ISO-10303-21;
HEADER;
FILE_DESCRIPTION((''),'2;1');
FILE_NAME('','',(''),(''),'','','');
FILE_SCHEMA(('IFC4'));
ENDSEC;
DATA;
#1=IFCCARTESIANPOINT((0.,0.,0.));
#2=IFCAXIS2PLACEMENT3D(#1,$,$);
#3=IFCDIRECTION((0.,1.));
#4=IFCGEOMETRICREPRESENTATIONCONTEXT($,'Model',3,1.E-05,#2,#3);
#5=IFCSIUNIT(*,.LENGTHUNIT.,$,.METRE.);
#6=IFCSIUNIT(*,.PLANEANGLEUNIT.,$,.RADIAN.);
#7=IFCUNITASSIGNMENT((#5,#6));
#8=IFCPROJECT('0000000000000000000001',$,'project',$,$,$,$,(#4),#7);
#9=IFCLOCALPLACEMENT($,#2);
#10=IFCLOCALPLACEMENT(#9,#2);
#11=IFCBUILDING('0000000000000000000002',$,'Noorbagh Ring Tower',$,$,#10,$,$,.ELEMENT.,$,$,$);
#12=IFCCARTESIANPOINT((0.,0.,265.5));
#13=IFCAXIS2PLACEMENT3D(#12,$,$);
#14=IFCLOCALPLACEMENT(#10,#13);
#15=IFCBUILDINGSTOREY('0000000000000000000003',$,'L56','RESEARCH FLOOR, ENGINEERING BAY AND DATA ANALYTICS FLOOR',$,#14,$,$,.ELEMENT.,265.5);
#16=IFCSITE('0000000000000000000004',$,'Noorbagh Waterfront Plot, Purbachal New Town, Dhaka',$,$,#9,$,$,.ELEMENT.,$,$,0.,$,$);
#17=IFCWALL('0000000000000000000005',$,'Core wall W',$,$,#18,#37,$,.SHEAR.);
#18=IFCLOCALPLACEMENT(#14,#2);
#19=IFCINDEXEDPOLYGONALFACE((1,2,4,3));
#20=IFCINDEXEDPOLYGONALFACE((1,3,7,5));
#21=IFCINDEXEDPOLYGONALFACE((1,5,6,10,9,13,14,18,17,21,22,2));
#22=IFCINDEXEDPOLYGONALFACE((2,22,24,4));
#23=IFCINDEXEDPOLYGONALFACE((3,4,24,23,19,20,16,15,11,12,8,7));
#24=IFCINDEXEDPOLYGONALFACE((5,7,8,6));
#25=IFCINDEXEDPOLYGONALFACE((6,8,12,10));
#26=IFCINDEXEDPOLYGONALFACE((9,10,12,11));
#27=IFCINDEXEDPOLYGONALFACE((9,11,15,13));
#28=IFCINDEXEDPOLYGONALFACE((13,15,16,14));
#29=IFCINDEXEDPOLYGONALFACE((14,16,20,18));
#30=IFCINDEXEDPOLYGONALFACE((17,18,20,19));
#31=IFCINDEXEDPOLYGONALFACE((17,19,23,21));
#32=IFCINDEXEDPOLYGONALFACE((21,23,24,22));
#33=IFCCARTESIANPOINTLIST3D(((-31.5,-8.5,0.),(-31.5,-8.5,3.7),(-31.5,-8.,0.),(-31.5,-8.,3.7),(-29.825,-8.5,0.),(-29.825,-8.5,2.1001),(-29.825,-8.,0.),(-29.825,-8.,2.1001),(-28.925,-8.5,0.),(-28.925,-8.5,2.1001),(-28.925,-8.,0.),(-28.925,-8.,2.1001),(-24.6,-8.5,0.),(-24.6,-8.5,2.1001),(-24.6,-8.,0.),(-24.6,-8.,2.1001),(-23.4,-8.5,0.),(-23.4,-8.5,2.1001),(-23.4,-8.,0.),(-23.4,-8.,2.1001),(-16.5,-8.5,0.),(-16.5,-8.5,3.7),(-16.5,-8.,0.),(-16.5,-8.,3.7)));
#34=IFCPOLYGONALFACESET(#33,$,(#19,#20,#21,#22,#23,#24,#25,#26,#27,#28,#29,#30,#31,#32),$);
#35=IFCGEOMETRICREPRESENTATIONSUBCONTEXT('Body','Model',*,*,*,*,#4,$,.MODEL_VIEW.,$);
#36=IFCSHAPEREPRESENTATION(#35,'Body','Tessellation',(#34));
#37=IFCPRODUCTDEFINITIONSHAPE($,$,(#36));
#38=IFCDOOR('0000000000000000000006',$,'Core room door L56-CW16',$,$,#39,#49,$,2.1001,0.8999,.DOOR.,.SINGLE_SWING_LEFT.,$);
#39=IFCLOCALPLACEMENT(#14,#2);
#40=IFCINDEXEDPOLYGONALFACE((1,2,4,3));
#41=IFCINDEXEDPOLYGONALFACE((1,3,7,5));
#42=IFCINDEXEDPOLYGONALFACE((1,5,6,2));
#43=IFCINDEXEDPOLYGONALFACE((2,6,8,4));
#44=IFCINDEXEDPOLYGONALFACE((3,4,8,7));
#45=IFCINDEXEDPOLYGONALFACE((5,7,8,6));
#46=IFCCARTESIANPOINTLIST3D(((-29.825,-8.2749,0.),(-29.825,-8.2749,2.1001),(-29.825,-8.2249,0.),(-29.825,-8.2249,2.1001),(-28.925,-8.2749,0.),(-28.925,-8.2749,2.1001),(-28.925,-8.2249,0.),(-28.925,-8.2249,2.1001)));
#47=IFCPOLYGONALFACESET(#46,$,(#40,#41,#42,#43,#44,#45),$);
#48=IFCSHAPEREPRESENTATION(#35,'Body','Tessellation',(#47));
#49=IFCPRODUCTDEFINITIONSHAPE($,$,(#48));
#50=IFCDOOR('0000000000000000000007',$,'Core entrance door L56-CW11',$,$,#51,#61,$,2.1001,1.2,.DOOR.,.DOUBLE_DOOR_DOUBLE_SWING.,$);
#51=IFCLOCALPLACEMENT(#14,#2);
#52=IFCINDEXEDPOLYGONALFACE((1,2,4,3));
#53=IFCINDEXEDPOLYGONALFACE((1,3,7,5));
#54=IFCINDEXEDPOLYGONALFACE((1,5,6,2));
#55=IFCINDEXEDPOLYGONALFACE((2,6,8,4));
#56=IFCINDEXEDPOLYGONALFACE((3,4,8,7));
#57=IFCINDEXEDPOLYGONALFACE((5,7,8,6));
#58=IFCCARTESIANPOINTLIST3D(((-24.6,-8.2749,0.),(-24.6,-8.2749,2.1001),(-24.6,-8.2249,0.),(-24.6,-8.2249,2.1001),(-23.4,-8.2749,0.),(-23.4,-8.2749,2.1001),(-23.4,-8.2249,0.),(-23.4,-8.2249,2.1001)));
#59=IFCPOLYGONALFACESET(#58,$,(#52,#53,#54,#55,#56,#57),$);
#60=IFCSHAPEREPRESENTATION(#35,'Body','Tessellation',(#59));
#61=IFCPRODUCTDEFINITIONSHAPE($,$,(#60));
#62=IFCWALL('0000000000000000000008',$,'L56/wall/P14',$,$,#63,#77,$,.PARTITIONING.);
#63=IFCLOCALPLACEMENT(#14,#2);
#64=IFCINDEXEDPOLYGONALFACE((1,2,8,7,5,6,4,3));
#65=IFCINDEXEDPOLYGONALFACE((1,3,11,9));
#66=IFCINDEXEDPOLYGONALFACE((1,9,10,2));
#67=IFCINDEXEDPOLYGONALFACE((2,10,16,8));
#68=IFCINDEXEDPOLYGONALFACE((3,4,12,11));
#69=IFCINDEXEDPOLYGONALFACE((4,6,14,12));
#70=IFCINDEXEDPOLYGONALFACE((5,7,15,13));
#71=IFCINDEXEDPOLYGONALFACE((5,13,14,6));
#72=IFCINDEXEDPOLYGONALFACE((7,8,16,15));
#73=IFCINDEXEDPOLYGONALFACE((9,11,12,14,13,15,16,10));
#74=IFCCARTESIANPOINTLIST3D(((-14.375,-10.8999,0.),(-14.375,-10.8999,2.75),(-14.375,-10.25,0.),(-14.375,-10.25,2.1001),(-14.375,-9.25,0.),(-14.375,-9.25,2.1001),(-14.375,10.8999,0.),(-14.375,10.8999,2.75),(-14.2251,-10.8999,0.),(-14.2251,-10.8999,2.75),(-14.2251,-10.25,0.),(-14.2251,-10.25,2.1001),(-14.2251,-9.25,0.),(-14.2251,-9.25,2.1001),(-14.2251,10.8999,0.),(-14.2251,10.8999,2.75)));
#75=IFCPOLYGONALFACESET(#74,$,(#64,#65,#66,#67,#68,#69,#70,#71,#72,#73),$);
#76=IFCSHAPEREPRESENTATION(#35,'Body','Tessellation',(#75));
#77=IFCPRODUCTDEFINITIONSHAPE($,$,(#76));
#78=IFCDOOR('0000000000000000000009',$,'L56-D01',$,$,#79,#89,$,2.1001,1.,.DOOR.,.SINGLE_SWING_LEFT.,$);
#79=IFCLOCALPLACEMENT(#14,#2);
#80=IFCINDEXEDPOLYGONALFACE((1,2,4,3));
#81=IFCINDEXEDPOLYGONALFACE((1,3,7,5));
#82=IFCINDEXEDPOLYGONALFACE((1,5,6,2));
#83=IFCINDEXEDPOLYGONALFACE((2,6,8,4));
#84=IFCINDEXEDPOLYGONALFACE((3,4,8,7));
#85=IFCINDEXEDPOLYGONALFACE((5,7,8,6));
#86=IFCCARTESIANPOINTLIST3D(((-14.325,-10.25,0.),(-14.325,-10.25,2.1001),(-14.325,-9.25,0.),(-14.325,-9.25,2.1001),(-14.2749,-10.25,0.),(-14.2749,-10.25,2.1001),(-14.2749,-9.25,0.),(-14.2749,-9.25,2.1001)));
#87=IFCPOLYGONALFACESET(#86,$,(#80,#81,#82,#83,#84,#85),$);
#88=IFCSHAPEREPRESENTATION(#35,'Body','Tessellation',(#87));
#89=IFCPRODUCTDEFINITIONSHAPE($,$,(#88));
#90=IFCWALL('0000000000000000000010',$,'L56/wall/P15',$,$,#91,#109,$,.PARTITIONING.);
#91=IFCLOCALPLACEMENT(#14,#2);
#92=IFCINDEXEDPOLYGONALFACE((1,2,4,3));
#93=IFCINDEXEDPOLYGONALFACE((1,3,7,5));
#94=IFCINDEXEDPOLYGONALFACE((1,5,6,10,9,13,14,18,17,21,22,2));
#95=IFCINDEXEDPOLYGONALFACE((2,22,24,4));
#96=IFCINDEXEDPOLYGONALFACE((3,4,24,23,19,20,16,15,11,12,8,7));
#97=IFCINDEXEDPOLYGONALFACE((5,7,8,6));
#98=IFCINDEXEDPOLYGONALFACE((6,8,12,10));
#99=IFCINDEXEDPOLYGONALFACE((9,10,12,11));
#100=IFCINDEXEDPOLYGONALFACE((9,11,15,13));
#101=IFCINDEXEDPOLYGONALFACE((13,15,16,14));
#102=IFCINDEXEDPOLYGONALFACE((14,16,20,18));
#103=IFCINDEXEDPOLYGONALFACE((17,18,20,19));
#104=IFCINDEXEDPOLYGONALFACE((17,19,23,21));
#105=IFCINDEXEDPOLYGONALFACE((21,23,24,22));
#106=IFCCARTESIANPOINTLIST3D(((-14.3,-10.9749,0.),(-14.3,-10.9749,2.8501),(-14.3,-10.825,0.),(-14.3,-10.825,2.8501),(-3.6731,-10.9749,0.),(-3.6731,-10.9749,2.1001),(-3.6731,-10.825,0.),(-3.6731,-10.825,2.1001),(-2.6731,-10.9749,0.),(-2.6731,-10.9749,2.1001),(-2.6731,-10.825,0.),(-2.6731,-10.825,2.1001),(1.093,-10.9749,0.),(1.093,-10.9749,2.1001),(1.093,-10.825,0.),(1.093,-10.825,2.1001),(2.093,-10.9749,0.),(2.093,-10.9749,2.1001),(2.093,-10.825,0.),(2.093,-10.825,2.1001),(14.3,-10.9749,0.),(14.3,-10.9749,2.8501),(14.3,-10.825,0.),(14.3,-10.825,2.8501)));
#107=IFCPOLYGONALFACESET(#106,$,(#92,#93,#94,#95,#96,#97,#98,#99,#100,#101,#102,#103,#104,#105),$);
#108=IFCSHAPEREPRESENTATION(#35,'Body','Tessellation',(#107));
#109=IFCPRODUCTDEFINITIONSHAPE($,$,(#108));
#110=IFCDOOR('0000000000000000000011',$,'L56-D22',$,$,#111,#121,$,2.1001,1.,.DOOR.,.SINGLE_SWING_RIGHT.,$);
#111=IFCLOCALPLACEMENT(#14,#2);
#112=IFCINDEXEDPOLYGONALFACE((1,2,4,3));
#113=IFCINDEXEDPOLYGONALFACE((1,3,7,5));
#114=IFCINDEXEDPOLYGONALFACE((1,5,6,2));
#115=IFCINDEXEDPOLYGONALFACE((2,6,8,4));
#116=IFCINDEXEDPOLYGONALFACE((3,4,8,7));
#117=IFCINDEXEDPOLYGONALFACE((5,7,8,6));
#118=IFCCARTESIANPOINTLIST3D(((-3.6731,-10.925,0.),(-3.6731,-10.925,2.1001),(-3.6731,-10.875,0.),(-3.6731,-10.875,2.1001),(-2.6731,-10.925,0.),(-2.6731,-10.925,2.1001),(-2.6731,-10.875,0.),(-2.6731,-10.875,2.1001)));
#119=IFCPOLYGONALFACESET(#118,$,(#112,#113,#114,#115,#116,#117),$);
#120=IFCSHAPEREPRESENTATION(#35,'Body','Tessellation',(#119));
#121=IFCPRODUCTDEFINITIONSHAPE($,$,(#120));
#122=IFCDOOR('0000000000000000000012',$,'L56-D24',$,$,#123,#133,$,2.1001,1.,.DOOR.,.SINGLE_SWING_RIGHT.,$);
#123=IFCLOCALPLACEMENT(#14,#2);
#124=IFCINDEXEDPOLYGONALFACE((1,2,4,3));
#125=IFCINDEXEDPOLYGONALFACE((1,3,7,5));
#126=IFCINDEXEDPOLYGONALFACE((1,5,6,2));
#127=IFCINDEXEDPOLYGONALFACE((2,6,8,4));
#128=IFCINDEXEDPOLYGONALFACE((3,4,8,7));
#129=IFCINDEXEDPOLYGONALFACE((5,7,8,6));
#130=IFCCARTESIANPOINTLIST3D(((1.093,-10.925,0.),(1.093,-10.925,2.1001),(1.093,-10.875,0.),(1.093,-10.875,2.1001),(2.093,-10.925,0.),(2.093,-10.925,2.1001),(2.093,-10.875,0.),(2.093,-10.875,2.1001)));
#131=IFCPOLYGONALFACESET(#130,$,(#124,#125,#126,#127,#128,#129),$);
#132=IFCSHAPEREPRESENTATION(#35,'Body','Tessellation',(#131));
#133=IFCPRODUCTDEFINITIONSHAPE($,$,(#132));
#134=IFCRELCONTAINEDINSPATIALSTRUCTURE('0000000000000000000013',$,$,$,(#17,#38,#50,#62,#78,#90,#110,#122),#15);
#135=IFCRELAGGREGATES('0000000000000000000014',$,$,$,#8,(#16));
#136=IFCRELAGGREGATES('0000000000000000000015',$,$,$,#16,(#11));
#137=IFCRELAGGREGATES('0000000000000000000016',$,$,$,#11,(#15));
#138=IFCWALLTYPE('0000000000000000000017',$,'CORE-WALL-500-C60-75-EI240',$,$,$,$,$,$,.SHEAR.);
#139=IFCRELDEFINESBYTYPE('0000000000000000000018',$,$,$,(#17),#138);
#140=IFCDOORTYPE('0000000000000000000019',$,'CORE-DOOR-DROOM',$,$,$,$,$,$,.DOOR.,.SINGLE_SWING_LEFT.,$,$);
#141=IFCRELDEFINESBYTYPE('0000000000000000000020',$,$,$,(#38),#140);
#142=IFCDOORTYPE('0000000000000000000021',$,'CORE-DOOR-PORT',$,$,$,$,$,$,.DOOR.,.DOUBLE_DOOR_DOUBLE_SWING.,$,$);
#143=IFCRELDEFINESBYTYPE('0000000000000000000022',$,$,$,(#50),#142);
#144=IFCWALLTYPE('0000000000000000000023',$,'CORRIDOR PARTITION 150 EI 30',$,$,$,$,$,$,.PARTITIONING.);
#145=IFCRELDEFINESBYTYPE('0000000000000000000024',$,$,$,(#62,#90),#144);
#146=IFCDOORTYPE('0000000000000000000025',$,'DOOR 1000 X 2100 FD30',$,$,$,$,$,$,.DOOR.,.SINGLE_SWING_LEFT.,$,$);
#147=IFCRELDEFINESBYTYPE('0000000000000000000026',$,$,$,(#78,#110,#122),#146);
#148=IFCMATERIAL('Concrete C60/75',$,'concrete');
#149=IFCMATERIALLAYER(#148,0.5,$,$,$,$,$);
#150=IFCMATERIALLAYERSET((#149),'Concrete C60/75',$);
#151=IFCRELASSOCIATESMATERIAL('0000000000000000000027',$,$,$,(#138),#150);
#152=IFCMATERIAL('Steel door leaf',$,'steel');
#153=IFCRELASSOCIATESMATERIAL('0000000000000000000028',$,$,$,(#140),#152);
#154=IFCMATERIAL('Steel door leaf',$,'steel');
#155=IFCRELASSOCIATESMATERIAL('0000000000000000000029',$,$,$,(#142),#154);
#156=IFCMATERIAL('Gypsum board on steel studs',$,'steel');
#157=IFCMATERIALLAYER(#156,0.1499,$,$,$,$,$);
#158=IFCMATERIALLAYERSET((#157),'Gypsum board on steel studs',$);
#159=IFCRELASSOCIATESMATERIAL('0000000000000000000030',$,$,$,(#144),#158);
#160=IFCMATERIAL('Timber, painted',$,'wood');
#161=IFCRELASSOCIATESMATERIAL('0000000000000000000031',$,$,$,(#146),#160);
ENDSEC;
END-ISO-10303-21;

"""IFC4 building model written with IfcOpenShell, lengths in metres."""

from ifc_helpers import new_model, si_unit, direction, frame, frame_2d, origin, place, context, subcontext, project, spatial, rectangle, extrude, material, layer, layer_set, type_object, element, fill, save


model = new_model("IFC4")

# Units and contexts
model_context = context("Model", 3, precision=1e-05, world=origin(), true_north=direction((0.0, 1.0)))
body_context = subcontext(model_context, "Body", "Model", "MODEL_VIEW")
ifc_project = project(units=[si_unit("LENGTHUNIT", "METRE"), si_unit("PLANEANGLEUNIT", "RADIAN")], contexts=[model_context])

# Site, building, storey
site_placement = place(None, origin())
site = spatial("IfcSite", under=ifc_project, at=site_placement, Name="Noorbagh Waterfront Plot, Purbachal New Town, Dhaka", CompositionType="ELEMENT", RefElevation=0.0)
building_placement = place(site_placement, origin())
building = spatial("IfcBuilding", under=site, at=building_placement, Name="Noorbagh Ring Tower", CompositionType="ELEMENT")
storey_placement = place(building_placement, frame((0.0, 0.0, 265.5)))
storey = spatial("IfcBuildingStorey", under=building, at=storey_placement, Name="L56", Description="RESEARCH FLOOR, ENGINEERING BAY AND DATA ANALYTICS FLOOR", CompositionType="ELEMENT", Elevation=265.5)

# Wall, openings, doors
ifc_material_1 = material(Name="Concrete C60/75", Category="concrete")
ifc_layer_1 = layer(ifc_material_1, 0.5)
ifc_layer_set_1 = layer_set([ifc_layer_1], Name="Concrete C60/75")
wall_type_1 = type_object("IfcWallType", Name="CORE-WALL-500-C60-75-EI240", PredefinedType="SHEAR", material=ifc_layer_set_1)
wall_1_placement = place(storey_placement, frame((-16.5, -8.25, 0.0), z_axis=(0.0, 0.0, 1.0), x_axis=(-1.0, 0.0, 0.0)))
wall_1 = element("IfcWall", 1, at=wall_1_placement, inside=storey, type_object=wall_type_1, Name="Core wall W", PredefinedType="SHEAR", context=body_context, shape_type="SweptSolid", body=[
    extrude(rectangle(XDim=15.0, YDim=0.5, at=frame_2d((7.5, 0.0))), origin(), (0.0, 0.0, 1.0), 3.7),
])
opening_1_placement = place(wall_1_placement, frame((6.8999, 0.0, 0.0)))
opening_1 = element("IfcOpeningElement", 2, at=opening_1_placement, cuts=wall_1, PredefinedType="OPENING", context=body_context, shape_type="SweptSolid", body=[
    extrude(rectangle(XDim=1.2, YDim=2.1001, at=frame_2d((0.6001, 1.05))), frame((0.0, 0.26, 0.0), z_axis=(0.0, -1.0, 0.0), x_axis=(1.0, 0.0, 0.0)), (0.0, 0.0, 1.0), 0.52),
])
opening_2_placement = place(wall_1_placement, frame((12.425, 0.0, 0.0)))
opening_2 = element("IfcOpeningElement", 3, at=opening_2_placement, cuts=wall_1, PredefinedType="OPENING", context=body_context, shape_type="SweptSolid", body=[
    extrude(rectangle(XDim=0.8999, YDim=2.1001, at=frame_2d((0.45, 1.05))), frame((0.0, 0.26, 0.0), z_axis=(0.0, -1.0, 0.0), x_axis=(1.0, 0.0, 0.0)), (0.0, 0.0, 1.0), 0.52),
])
ifc_material_2 = material(Name="Steel door leaf", Category="steel")
door_type_1 = type_object("IfcDoorType", Name="CORE-DOOR-DROOM", OperationType="SINGLE_SWING_LEFT", PredefinedType="DOOR", material=ifc_material_2)
door_1_placement = place(opening_2_placement, origin())
door_1 = element("IfcDoor", 4, at=door_1_placement, inside=storey, type_object=door_type_1, Name="Core room door L56-CW16", OperationType="SINGLE_SWING_LEFT", OverallHeight=2.1001, OverallWidth=0.8999, PredefinedType="DOOR", context=body_context, shape_type="SweptSolid", body=[
    extrude(rectangle(XDim=0.8999, YDim=2.1001, at=frame_2d((0.45, 1.05))), frame((0.0, 0.0249, 0.0), z_axis=(0.0, -1.0, 0.0), x_axis=(1.0, 0.0, 0.0)), (0.0, 0.0, 1.0), 0.05),
])
fill(opening_2, door_1)
ifc_material_3 = material(Name="Steel door leaf", Category="steel")
door_type_2 = type_object("IfcDoorType", Name="CORE-DOOR-PORT", OperationType="DOUBLE_DOOR_DOUBLE_SWING", PredefinedType="DOOR", material=ifc_material_3)
door_2_placement = place(opening_1_placement, origin())
door_2 = element("IfcDoor", 5, at=door_2_placement, inside=storey, type_object=door_type_2, Name="Core entrance door L56-CW11", OperationType="DOUBLE_DOOR_DOUBLE_SWING", OverallHeight=2.1001, OverallWidth=1.2, PredefinedType="DOOR", context=body_context, shape_type="SweptSolid", body=[
    extrude(rectangle(XDim=1.2, YDim=2.1001, at=frame_2d((0.6001, 1.05))), frame((0.0, 0.0249, 0.0), z_axis=(0.0, -1.0, 0.0), x_axis=(1.0, 0.0, 0.0)), (0.0, 0.0, 1.0), 0.05),
])
fill(opening_1, door_2)

# Wall, opening, door
ifc_material_4 = material(Name="Gypsum board on steel studs", Category="steel")
ifc_layer_2 = layer(ifc_material_4, 0.1499)
ifc_layer_set_2 = layer_set([ifc_layer_2], Name="Gypsum board on steel studs")
wall_type_2 = type_object("IfcWallType", Name="CORRIDOR PARTITION 150 EI 30", PredefinedType="PARTITIONING", material=ifc_layer_set_2)
wall_2_placement = place(storey_placement, frame((-14.3, -10.8999, 0.0), z_axis=(0.0, 0.0, 1.0), x_axis=(0.0, 1.0, 0.0)))
wall_2 = element("IfcWall", 6, at=wall_2_placement, inside=storey, type_object=wall_type_2, Name="L56/wall/P14", PredefinedType="PARTITIONING", context=body_context, shape_type="SweptSolid", body=[
    extrude(rectangle(XDim=21.7998, YDim=0.1499, at=frame_2d((10.8999, 0.0))), origin(), (0.0, 0.0, 1.0), 2.75),
])
opening_3_placement = place(wall_2_placement, frame((0.6499, 0.0, 0.0)))
opening_3 = element("IfcOpeningElement", 7, at=opening_3_placement, cuts=wall_2, PredefinedType="OPENING", context=body_context, shape_type="SweptSolid", body=[
    extrude(rectangle(XDim=1.0, YDim=2.1001, at=frame_2d((0.5, 1.05))), frame((0.0, 0.085, 0.0), z_axis=(0.0, -1.0, 0.0), x_axis=(1.0, 0.0, 0.0)), (0.0, 0.0, 1.0), 0.1699),
])
ifc_material_5 = material(Name="Timber, painted", Category="wood")
door_type_3 = type_object("IfcDoorType", Name="DOOR 1000 X 2100 FD30", OperationType="SINGLE_SWING_LEFT", PredefinedType="DOOR", material=ifc_material_5)
door_3_placement = place(opening_3_placement, origin())
door_3 = element("IfcDoor", 8, at=door_3_placement, inside=storey, type_object=door_type_3, Name="L56-D01", OperationType="SINGLE_SWING_LEFT", OverallHeight=2.1001, OverallWidth=1.0, PredefinedType="DOOR", context=body_context, shape_type="SweptSolid", body=[
    extrude(rectangle(XDim=1.0, YDim=2.1001, at=frame_2d((0.5, 1.05))), frame((0.0, 0.0249, 0.0), z_axis=(0.0, -1.0, 0.0), x_axis=(1.0, 0.0, 0.0)), (0.0, 0.0, 1.0), 0.05),
])
fill(opening_3, door_3)

# Wall, openings, doors
wall_3_placement = place(storey_placement, frame((-14.3, -10.8999, 0.0), z_axis=(0.0, 0.0, 1.0), x_axis=(1.0, 0.0, 0.0)))
wall_3 = element("IfcWall", 9, at=wall_3_placement, inside=storey, type_object=wall_type_2, Name="L56/wall/P15", PredefinedType="PARTITIONING", context=body_context, shape_type="SweptSolid", body=[
    extrude(rectangle(XDim=28.6001, YDim=0.1499, at=frame_2d((14.3, 0.0))), origin(), (0.0, 0.0, 1.0), 2.8501),
])
opening_4_placement = place(wall_3_placement, frame((10.627, 0.0, 0.0)))
opening_4 = element("IfcOpeningElement", 10, at=opening_4_placement, cuts=wall_3, PredefinedType="OPENING", context=body_context, shape_type="SweptSolid", body=[
    extrude(rectangle(XDim=1.0, YDim=2.1001, at=frame_2d((0.5, 1.05))), frame((0.0, 0.085, 0.0), z_axis=(0.0, -1.0, 0.0), x_axis=(1.0, 0.0, 0.0)), (0.0, 0.0, 1.0), 0.1699),
])
opening_5_placement = place(wall_3_placement, frame((15.3931, 0.0, 0.0)))
opening_5 = element("IfcOpeningElement", 11, at=opening_5_placement, cuts=wall_3, PredefinedType="OPENING", context=body_context, shape_type="SweptSolid", body=[
    extrude(rectangle(XDim=1.0, YDim=2.1001, at=frame_2d((0.5, 1.05))), frame((0.0, 0.085, 0.0), z_axis=(0.0, -1.0, 0.0), x_axis=(1.0, 0.0, 0.0)), (0.0, 0.0, 1.0), 0.1699),
])
door_4_placement = place(opening_4_placement, origin())
door_4 = element("IfcDoor", 12, at=door_4_placement, inside=storey, type_object=door_type_3, Name="L56-D22", OperationType="SINGLE_SWING_RIGHT", OverallHeight=2.1001, OverallWidth=1.0, PredefinedType="DOOR", context=body_context, shape_type="SweptSolid", body=[
    extrude(rectangle(XDim=1.0, YDim=2.1001, at=frame_2d((0.5, 1.05))), frame((0.0, 0.0249, 0.0), z_axis=(0.0, -1.0, 0.0), x_axis=(1.0, 0.0, 0.0)), (0.0, 0.0, 1.0), 0.05),
])
fill(opening_4, door_4)
door_5_placement = place(opening_5_placement, origin())
door_5 = element("IfcDoor", 13, at=door_5_placement, inside=storey, type_object=door_type_3, Name="L56-D24", OperationType="SINGLE_SWING_RIGHT", OverallHeight=2.1001, OverallWidth=1.0, PredefinedType="DOOR", context=body_context, shape_type="SweptSolid", body=[
    extrude(rectangle(XDim=1.0, YDim=2.1001, at=frame_2d((0.5, 1.05))), frame((0.0, 0.0249, 0.0), z_axis=(0.0, -1.0, 0.0), x_axis=(1.0, 0.0, 0.0)), (0.0, 0.0, 1.0), 0.05),
])
fill(opening_5, door_5)

save(model, "model.ifc")
